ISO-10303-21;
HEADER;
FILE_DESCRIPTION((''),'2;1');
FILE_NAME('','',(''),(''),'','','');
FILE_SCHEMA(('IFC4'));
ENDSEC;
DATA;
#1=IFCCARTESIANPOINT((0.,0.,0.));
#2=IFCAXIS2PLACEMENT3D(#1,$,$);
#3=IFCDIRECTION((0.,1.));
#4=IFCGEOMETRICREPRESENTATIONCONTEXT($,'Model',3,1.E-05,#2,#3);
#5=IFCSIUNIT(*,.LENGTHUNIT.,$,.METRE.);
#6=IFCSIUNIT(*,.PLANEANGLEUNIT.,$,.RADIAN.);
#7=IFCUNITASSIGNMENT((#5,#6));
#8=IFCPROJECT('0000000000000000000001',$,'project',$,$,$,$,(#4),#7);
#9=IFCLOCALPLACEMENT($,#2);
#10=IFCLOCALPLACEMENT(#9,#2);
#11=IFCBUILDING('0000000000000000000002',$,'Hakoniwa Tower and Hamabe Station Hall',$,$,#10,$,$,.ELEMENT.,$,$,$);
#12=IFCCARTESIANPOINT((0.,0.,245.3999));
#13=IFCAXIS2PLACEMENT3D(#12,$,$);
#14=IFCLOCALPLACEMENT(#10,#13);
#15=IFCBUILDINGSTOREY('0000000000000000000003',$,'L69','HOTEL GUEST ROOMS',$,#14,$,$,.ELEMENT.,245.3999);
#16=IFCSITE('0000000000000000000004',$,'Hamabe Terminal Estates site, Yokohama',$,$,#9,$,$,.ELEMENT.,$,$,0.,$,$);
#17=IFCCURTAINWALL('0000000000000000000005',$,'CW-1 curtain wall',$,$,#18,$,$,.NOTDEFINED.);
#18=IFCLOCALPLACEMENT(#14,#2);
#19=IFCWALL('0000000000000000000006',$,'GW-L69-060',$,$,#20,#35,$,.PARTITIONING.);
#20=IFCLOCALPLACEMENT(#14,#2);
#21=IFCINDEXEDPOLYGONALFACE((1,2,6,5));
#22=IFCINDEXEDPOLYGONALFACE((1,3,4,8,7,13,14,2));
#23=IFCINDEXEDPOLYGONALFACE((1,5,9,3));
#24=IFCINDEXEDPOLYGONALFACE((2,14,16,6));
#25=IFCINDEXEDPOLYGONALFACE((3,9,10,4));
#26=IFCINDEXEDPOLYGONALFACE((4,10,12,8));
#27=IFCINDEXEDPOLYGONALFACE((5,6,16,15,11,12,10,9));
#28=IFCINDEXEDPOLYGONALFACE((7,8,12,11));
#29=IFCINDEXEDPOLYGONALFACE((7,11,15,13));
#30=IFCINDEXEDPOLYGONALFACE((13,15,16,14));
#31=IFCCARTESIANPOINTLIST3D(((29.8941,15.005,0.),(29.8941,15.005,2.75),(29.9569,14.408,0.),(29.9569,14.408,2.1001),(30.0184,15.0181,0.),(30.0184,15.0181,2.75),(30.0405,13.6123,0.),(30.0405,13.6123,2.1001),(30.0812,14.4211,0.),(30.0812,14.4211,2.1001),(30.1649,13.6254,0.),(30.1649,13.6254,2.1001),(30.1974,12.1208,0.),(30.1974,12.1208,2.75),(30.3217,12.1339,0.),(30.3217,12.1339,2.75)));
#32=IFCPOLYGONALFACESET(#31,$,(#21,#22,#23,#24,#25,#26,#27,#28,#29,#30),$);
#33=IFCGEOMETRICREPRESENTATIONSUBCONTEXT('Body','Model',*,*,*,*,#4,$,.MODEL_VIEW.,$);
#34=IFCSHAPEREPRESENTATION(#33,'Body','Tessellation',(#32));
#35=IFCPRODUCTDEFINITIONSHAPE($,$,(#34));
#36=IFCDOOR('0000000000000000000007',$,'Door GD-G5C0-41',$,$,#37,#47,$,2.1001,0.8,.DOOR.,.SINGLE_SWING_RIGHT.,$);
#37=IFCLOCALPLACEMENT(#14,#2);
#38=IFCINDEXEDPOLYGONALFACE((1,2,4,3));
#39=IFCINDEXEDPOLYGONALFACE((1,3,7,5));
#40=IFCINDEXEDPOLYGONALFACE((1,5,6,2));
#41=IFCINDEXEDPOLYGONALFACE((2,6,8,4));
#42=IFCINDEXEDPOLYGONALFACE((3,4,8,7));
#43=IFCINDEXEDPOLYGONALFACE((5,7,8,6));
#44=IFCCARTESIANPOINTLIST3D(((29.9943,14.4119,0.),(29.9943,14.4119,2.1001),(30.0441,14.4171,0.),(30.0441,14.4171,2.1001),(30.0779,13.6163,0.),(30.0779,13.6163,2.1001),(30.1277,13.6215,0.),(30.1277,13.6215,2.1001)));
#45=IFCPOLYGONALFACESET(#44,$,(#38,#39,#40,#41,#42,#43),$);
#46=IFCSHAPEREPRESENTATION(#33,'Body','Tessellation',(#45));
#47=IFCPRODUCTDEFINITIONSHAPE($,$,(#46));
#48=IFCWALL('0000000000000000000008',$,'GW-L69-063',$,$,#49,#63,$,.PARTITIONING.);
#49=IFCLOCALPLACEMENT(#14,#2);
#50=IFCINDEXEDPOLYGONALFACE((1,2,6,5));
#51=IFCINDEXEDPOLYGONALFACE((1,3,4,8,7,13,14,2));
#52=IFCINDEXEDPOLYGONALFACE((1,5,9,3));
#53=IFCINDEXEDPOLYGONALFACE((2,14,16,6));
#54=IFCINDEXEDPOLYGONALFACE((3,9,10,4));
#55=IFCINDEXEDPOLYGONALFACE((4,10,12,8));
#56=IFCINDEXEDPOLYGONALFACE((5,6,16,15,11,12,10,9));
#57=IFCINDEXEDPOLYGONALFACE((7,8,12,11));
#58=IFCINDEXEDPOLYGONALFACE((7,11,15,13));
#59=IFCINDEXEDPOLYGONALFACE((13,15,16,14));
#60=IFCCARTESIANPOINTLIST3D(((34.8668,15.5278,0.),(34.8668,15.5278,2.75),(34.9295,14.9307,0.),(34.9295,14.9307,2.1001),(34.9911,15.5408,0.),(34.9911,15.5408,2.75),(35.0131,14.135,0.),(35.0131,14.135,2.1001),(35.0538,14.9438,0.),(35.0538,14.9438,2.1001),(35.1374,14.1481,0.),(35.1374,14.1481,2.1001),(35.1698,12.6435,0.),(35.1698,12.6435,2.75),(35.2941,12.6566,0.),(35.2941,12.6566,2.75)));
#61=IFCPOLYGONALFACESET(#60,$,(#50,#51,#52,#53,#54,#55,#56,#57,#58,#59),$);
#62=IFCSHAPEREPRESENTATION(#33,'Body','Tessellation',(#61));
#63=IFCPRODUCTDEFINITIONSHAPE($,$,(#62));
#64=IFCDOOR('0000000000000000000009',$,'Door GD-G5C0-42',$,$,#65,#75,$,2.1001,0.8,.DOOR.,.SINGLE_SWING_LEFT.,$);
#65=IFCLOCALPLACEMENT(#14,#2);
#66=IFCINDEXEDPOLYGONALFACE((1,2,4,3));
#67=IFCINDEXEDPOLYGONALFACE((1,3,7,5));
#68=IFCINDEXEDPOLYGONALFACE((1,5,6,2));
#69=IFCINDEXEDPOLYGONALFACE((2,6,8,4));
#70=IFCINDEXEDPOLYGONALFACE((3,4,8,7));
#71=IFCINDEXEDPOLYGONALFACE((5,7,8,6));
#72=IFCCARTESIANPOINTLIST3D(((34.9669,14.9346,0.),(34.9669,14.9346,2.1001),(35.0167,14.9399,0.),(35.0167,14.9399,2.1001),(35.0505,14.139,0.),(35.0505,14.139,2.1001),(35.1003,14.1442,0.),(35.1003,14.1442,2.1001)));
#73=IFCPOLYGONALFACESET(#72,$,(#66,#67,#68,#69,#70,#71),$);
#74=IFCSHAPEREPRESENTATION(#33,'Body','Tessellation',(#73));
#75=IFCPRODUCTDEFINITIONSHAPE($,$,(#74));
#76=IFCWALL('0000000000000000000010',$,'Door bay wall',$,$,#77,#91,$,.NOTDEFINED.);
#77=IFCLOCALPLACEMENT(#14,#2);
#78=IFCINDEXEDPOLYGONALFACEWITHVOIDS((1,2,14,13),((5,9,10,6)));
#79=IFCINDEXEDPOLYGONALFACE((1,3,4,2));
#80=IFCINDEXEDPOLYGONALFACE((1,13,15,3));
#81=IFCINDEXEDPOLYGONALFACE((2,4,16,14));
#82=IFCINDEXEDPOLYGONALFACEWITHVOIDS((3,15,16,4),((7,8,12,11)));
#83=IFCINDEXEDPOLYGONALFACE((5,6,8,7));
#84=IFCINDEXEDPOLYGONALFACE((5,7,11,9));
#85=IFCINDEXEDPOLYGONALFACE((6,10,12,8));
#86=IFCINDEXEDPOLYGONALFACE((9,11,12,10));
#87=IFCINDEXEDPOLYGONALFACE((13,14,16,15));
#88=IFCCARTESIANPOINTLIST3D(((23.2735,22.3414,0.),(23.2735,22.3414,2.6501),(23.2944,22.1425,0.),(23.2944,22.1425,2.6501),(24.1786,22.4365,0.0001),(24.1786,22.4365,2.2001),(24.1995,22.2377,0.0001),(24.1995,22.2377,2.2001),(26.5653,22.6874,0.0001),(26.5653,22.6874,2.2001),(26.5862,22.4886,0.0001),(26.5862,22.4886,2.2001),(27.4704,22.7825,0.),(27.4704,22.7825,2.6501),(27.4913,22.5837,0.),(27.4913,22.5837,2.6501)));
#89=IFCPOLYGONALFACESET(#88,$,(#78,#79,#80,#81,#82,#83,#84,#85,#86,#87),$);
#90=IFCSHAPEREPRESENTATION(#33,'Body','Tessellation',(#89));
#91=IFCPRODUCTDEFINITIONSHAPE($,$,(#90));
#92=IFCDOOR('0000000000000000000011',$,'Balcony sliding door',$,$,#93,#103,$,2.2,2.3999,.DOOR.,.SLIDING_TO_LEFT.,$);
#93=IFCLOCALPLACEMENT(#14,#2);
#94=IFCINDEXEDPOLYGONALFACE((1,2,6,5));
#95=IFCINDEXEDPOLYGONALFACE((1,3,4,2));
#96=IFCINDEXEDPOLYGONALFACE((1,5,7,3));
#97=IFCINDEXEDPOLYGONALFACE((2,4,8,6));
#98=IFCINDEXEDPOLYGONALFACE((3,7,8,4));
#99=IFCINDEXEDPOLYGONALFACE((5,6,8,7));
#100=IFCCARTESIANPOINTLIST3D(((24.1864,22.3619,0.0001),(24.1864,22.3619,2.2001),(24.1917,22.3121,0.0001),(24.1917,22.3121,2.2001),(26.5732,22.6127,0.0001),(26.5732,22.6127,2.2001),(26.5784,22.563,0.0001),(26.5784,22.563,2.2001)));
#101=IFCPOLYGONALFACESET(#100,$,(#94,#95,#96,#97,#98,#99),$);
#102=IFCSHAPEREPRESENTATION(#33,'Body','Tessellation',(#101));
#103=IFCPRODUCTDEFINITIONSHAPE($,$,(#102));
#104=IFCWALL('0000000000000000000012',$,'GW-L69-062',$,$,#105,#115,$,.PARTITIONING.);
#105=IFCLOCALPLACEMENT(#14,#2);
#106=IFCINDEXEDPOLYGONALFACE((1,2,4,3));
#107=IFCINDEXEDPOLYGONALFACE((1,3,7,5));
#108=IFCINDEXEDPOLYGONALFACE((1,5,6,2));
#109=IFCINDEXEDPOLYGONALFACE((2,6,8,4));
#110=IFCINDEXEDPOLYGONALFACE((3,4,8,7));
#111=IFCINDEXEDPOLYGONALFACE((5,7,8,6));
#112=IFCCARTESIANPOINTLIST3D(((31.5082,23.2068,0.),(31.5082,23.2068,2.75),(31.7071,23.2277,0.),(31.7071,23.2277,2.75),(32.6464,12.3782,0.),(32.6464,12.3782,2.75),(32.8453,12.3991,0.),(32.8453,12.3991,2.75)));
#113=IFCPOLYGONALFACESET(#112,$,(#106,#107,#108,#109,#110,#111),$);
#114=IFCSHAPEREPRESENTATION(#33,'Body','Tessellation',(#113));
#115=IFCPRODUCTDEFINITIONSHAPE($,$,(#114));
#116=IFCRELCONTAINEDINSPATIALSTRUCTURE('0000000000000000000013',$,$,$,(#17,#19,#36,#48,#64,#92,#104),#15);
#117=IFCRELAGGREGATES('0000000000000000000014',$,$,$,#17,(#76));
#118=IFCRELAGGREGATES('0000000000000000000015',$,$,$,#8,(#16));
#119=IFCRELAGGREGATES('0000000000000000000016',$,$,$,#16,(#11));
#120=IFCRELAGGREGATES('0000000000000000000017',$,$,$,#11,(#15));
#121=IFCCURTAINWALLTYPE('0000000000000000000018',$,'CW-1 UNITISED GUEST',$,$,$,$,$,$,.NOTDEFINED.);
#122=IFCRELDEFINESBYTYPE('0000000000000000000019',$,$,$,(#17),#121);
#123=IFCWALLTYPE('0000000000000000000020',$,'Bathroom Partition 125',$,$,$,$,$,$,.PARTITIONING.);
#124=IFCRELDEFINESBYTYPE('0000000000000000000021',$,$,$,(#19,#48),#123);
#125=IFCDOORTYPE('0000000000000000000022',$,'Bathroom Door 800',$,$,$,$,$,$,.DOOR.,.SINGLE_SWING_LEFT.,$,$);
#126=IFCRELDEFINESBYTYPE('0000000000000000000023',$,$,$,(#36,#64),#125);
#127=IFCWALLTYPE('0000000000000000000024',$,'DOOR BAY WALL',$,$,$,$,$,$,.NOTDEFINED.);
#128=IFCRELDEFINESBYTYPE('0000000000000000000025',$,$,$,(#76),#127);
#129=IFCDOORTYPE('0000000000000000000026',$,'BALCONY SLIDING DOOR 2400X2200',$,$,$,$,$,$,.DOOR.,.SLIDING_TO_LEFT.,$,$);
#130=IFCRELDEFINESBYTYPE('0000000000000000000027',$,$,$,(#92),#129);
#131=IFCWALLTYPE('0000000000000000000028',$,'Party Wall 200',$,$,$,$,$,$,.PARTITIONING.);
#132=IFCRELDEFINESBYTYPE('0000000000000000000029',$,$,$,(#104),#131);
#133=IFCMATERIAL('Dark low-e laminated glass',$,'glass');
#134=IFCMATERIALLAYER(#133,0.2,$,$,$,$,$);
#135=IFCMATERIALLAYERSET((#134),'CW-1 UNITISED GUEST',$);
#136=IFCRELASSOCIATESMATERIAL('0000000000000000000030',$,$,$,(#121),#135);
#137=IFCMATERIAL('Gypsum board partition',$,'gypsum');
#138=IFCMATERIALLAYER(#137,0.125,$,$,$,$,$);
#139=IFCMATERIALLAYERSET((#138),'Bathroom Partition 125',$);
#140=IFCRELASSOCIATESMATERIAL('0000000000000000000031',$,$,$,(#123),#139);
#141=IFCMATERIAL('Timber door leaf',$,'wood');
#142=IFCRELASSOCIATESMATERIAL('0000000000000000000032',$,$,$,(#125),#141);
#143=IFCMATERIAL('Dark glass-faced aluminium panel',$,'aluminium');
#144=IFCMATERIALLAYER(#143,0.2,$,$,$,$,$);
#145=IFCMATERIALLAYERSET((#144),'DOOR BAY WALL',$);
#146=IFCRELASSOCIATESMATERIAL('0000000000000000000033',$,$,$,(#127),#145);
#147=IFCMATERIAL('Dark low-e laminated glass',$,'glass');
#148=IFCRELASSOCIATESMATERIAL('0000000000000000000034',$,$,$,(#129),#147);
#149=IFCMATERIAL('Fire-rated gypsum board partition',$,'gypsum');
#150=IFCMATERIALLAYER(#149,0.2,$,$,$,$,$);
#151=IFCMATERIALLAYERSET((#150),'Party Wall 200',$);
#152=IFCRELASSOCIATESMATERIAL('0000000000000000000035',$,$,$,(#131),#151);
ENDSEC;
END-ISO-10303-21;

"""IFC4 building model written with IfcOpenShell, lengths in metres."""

from ifc_helpers import new_model, si_unit, direction, frame, frame_2d, origin, place, context, subcontext, project, spatial, rectangle, extrude, material, layer, layer_set, type_object, element, fill, aggregate, save


model = new_model("IFC4")

# Units and contexts
model_context = context("Model", 3, precision=1e-05, world=origin(), true_north=direction((0.0, 1.0)))
body_context = subcontext(model_context, "Body", "Model", "MODEL_VIEW")
ifc_project = project(units=[si_unit("LENGTHUNIT", "METRE"), si_unit("PLANEANGLEUNIT", "RADIAN")], contexts=[model_context])

# Site, building, storey
site_placement = place(None, origin())
site = spatial("IfcSite", under=ifc_project, at=site_placement, Name="Hamabe Terminal Estates site, Yokohama", CompositionType="ELEMENT", RefElevation=0.0)
building_placement = place(site_placement, origin())
building = spatial("IfcBuilding", under=site, at=building_placement, Name="Hakoniwa Tower and Hamabe Station Hall", CompositionType="ELEMENT")
storey_placement = place(building_placement, frame((0.0, 0.0, 245.3999)))
storey = spatial("IfcBuildingStorey", under=building, at=storey_placement, Name="L69", Description="HOTEL GUEST ROOMS", CompositionType="ELEMENT", Elevation=245.3999)

# Curtain wall
ifc_material_1 = material(Name="Dark low-e laminated glass", Category="glass")
ifc_layer_1 = layer(ifc_material_1, 0.2)
ifc_layer_set_1 = layer_set([ifc_layer_1], Name="CW-1 UNITISED GUEST")
curtain_wall_type = type_object("IfcCurtainWallType", Name="CW-1 UNITISED GUEST", PredefinedType="NOTDEFINED", material=ifc_layer_set_1)
curtain_wall_1_placement = place(storey_placement, origin())
curtain_wall_1 = element("IfcCurtainWall", 1, at=curtain_wall_1_placement, inside=storey, type_object=curtain_wall_type, Name="CW-1 curtain wall", PredefinedType="NOTDEFINED")

# Shared definitions
ifc_material_2 = material(Name="Gypsum board partition", Category="gypsum")
ifc_layer_2 = layer(ifc_material_2, 0.125)
ifc_layer_set_2 = layer_set([ifc_layer_2], Name="Bathroom Partition 125")
wall_type_1 = type_object("IfcWallType", Name="Bathroom Partition 125", PredefinedType="PARTITIONING", material=ifc_layer_set_2)

# Walls, openings, doors
wall_1_placement = place(storey_placement, frame((30.2595, 12.1272, 0.0), z_axis=(0.0, 0.0, 1.0), x_axis=(-0.104553, 0.994519, 0.0)))
wall_1 = element("IfcWall", 2, at=wall_1_placement, inside=storey, type_object=wall_type_1, Name="GW-L69-060", PredefinedType="PARTITIONING", context=body_context, shape_type="SweptSolid", body=[
    extrude(rectangle(XDim=2.9001, YDim=0.125, at=frame_2d((1.4502, 0.0))), origin(), (0.0, 0.0, 1.0), 2.75),
])
opening_1_placement = place(wall_1_placement, frame((1.5, 0.0, 0.0)))
opening_1 = element("IfcOpeningElement", 3, at=opening_1_placement, cuts=wall_1, PredefinedType="OPENING", context=body_context, shape_type="SweptSolid", body=[
    extrude(rectangle(XDim=0.8, YDim=2.1001, at=frame_2d((0.3999, 1.05))), frame((0.0, 0.0725, 0.0), z_axis=(0.0, -1.0, 0.0), x_axis=(1.0, 0.0, 0.0)), (0.0, 0.0, 1.0), 0.145),
])
ifc_material_3 = material(Name="Timber door leaf", Category="wood")
door_type_1 = type_object("IfcDoorType", Name="Bathroom Door 800", OperationType="SINGLE_SWING_LEFT", PredefinedType="DOOR", material=ifc_material_3)
door_1_placement = place(opening_1_placement, origin())
door_1 = element("IfcDoor", 4, at=door_1_placement, inside=storey, type_object=door_type_1, Name="Door GD-G5C0-41", OperationType="SINGLE_SWING_RIGHT", OverallHeight=2.1001, OverallWidth=0.8, PredefinedType="DOOR", context=body_context, shape_type="SweptSolid", body=[
    extrude(rectangle(XDim=0.8, YDim=2.1001, at=frame_2d((0.3999, 1.05))), frame((0.0, 0.0249, 0.0), z_axis=(0.0, -1.0, 0.0), x_axis=(1.0, 0.0, 0.0)), (0.0, 0.0, 1.0), 0.05),
])
fill(opening_1, door_1)
wall_2_placement = place(storey_placement, frame((35.2319, 12.6499, 0.0), z_axis=(0.0, 0.0, 1.0), x_axis=(-0.10447, 0.994528, 0.0)))
wall_2 = element("IfcWall", 5, at=wall_2_placement, inside=storey, type_object=wall_type_1, Name="GW-L69-063", PredefinedType="PARTITIONING", context=body_context, shape_type="SweptSolid", body=[
    extrude(rectangle(XDim=2.9001, YDim=0.125, at=frame_2d((1.4502, 0.0))), origin(), (0.0, 0.0, 1.0), 2.75),
])
opening_2_placement = place(wall_2_placement, frame((1.5, 0.0, 0.0)))
opening_2 = element("IfcOpeningElement", 6, at=opening_2_placement, cuts=wall_2, PredefinedType="OPENING", context=body_context, shape_type="SweptSolid", body=[
    extrude(rectangle(XDim=0.8, YDim=2.1001, at=frame_2d((0.3999, 1.05))), frame((0.0, 0.0725, 0.0), z_axis=(0.0, -1.0, 0.0), x_axis=(1.0, 0.0, 0.0)), (0.0, 0.0, 1.0), 0.145),
])
door_2_placement = place(opening_2_placement, origin())
door_2 = element("IfcDoor", 7, at=door_2_placement, inside=storey, type_object=door_type_1, Name="Door GD-G5C0-42", OperationType="SINGLE_SWING_LEFT", OverallHeight=2.1001, OverallWidth=0.8, PredefinedType="DOOR", context=body_context, shape_type="SweptSolid", body=[
    extrude(rectangle(XDim=0.8, YDim=2.1001, at=frame_2d((0.3999, 1.05))), frame((0.0, 0.0249, 0.0), z_axis=(0.0, -1.0, 0.0), x_axis=(1.0, 0.0, 0.0)), (0.0, 0.0, 1.0), 0.05),
])
fill(opening_2, door_2)
ifc_material_4 = material(Name="Dark glass-faced aluminium panel", Category="aluminium")
ifc_layer_3 = layer(ifc_material_4, 0.2)
ifc_layer_set_3 = layer_set([ifc_layer_3], Name="DOOR BAY WALL")
wall_type_2 = type_object("IfcWallType", Name="DOOR BAY WALL", PredefinedType="NOTDEFINED", material=ifc_layer_set_3)
wall_3_placement = place(storey_placement, frame((27.4807, 22.6831, 0.0), z_axis=(0.0, 0.0, 1.0), x_axis=(-0.99452, -0.104543, 0.0)))
wall_3 = element("IfcWall", 8, at=wall_3_placement, type_object=wall_type_2, Name="Door bay wall", PredefinedType="NOTDEFINED", context=body_context, shape_type="SweptSolid", body=[
    extrude(rectangle(XDim=4.22, YDim=0.2, at=frame_2d((2.1099, 0.0))), origin(), (0.0, 0.0, 1.0), 2.6501),
])
opening_3_placement = place(wall_3_placement, frame((0.9099, 0.0, 0.0)))
opening_3 = element("IfcOpeningElement", 9, at=opening_3_placement, cuts=wall_3, PredefinedType="OPENING", context=body_context, shape_type="SweptSolid", body=[
    extrude(rectangle(XDim=2.3999, YDim=2.2, at=frame_2d((1.2, 1.1001))), frame((0.0, 0.1099, 0.0), z_axis=(0.0, -1.0, 0.0), x_axis=(1.0, 0.0, 0.0)), (0.0, 0.0, 1.0), 0.22),
])
ifc_material_5 = material(Name="Dark low-e laminated glass", Category="glass")
door_type_2 = type_object("IfcDoorType", Name="BALCONY SLIDING DOOR 2400X2200", OperationType="SLIDING_TO_LEFT", PredefinedType="DOOR", material=ifc_material_5)
door_3_placement = place(opening_3_placement, frame((2.3999, 0.0, 0.0), z_axis=(0.0, 0.0, 1.0), x_axis=(-1.0, 0.0, 0.0)))
door_3 = element("IfcDoor", 10, at=door_3_placement, inside=storey, type_object=door_type_2, Name="Balcony sliding door", OperationType="SLIDING_TO_LEFT", OverallHeight=2.2, OverallWidth=2.3999, PredefinedType="DOOR", context=body_context, shape_type="SweptSolid", body=[
    extrude(rectangle(XDim=2.3999, YDim=2.2, at=frame_2d((1.2, 1.1001))), frame((0.0, 0.0249, 0.0), z_axis=(0.0, -1.0, 0.0), x_axis=(1.0, 0.0, 0.0)), (0.0, 0.0, 1.0), 0.05),
])
fill(opening_3, door_3)
aggregate(curtain_wall_1, [wall_3])

# Wall
ifc_material_6 = material(Name="Fire-rated gypsum board partition", Category="gypsum")
ifc_layer_4 = layer(ifc_material_6, 0.2)
ifc_layer_set_4 = layer_set([ifc_layer_4], Name="Party Wall 200")
wall_type_3 = type_object("IfcWallType", Name="Party Wall 200", PredefinedType="PARTITIONING", material=ifc_layer_set_4)
wall_4_placement = place(storey_placement, frame((32.7458, 12.3887, 0.0), z_axis=(0.0, 0.0, 1.0), x_axis=(-0.104533, 0.994521, 0.0)))
element("IfcWall", 11, at=wall_4_placement, inside=storey, type_object=wall_type_3, Name="GW-L69-062", PredefinedType="PARTITIONING", context=body_context, shape_type="SweptSolid", body=[
    extrude(rectangle(XDim=10.8882, YDim=0.2, at=frame_2d((5.4441, 0.0))), origin(), (0.0, 0.0, 1.0), 2.75),
])

save(model, "model.ifc")
